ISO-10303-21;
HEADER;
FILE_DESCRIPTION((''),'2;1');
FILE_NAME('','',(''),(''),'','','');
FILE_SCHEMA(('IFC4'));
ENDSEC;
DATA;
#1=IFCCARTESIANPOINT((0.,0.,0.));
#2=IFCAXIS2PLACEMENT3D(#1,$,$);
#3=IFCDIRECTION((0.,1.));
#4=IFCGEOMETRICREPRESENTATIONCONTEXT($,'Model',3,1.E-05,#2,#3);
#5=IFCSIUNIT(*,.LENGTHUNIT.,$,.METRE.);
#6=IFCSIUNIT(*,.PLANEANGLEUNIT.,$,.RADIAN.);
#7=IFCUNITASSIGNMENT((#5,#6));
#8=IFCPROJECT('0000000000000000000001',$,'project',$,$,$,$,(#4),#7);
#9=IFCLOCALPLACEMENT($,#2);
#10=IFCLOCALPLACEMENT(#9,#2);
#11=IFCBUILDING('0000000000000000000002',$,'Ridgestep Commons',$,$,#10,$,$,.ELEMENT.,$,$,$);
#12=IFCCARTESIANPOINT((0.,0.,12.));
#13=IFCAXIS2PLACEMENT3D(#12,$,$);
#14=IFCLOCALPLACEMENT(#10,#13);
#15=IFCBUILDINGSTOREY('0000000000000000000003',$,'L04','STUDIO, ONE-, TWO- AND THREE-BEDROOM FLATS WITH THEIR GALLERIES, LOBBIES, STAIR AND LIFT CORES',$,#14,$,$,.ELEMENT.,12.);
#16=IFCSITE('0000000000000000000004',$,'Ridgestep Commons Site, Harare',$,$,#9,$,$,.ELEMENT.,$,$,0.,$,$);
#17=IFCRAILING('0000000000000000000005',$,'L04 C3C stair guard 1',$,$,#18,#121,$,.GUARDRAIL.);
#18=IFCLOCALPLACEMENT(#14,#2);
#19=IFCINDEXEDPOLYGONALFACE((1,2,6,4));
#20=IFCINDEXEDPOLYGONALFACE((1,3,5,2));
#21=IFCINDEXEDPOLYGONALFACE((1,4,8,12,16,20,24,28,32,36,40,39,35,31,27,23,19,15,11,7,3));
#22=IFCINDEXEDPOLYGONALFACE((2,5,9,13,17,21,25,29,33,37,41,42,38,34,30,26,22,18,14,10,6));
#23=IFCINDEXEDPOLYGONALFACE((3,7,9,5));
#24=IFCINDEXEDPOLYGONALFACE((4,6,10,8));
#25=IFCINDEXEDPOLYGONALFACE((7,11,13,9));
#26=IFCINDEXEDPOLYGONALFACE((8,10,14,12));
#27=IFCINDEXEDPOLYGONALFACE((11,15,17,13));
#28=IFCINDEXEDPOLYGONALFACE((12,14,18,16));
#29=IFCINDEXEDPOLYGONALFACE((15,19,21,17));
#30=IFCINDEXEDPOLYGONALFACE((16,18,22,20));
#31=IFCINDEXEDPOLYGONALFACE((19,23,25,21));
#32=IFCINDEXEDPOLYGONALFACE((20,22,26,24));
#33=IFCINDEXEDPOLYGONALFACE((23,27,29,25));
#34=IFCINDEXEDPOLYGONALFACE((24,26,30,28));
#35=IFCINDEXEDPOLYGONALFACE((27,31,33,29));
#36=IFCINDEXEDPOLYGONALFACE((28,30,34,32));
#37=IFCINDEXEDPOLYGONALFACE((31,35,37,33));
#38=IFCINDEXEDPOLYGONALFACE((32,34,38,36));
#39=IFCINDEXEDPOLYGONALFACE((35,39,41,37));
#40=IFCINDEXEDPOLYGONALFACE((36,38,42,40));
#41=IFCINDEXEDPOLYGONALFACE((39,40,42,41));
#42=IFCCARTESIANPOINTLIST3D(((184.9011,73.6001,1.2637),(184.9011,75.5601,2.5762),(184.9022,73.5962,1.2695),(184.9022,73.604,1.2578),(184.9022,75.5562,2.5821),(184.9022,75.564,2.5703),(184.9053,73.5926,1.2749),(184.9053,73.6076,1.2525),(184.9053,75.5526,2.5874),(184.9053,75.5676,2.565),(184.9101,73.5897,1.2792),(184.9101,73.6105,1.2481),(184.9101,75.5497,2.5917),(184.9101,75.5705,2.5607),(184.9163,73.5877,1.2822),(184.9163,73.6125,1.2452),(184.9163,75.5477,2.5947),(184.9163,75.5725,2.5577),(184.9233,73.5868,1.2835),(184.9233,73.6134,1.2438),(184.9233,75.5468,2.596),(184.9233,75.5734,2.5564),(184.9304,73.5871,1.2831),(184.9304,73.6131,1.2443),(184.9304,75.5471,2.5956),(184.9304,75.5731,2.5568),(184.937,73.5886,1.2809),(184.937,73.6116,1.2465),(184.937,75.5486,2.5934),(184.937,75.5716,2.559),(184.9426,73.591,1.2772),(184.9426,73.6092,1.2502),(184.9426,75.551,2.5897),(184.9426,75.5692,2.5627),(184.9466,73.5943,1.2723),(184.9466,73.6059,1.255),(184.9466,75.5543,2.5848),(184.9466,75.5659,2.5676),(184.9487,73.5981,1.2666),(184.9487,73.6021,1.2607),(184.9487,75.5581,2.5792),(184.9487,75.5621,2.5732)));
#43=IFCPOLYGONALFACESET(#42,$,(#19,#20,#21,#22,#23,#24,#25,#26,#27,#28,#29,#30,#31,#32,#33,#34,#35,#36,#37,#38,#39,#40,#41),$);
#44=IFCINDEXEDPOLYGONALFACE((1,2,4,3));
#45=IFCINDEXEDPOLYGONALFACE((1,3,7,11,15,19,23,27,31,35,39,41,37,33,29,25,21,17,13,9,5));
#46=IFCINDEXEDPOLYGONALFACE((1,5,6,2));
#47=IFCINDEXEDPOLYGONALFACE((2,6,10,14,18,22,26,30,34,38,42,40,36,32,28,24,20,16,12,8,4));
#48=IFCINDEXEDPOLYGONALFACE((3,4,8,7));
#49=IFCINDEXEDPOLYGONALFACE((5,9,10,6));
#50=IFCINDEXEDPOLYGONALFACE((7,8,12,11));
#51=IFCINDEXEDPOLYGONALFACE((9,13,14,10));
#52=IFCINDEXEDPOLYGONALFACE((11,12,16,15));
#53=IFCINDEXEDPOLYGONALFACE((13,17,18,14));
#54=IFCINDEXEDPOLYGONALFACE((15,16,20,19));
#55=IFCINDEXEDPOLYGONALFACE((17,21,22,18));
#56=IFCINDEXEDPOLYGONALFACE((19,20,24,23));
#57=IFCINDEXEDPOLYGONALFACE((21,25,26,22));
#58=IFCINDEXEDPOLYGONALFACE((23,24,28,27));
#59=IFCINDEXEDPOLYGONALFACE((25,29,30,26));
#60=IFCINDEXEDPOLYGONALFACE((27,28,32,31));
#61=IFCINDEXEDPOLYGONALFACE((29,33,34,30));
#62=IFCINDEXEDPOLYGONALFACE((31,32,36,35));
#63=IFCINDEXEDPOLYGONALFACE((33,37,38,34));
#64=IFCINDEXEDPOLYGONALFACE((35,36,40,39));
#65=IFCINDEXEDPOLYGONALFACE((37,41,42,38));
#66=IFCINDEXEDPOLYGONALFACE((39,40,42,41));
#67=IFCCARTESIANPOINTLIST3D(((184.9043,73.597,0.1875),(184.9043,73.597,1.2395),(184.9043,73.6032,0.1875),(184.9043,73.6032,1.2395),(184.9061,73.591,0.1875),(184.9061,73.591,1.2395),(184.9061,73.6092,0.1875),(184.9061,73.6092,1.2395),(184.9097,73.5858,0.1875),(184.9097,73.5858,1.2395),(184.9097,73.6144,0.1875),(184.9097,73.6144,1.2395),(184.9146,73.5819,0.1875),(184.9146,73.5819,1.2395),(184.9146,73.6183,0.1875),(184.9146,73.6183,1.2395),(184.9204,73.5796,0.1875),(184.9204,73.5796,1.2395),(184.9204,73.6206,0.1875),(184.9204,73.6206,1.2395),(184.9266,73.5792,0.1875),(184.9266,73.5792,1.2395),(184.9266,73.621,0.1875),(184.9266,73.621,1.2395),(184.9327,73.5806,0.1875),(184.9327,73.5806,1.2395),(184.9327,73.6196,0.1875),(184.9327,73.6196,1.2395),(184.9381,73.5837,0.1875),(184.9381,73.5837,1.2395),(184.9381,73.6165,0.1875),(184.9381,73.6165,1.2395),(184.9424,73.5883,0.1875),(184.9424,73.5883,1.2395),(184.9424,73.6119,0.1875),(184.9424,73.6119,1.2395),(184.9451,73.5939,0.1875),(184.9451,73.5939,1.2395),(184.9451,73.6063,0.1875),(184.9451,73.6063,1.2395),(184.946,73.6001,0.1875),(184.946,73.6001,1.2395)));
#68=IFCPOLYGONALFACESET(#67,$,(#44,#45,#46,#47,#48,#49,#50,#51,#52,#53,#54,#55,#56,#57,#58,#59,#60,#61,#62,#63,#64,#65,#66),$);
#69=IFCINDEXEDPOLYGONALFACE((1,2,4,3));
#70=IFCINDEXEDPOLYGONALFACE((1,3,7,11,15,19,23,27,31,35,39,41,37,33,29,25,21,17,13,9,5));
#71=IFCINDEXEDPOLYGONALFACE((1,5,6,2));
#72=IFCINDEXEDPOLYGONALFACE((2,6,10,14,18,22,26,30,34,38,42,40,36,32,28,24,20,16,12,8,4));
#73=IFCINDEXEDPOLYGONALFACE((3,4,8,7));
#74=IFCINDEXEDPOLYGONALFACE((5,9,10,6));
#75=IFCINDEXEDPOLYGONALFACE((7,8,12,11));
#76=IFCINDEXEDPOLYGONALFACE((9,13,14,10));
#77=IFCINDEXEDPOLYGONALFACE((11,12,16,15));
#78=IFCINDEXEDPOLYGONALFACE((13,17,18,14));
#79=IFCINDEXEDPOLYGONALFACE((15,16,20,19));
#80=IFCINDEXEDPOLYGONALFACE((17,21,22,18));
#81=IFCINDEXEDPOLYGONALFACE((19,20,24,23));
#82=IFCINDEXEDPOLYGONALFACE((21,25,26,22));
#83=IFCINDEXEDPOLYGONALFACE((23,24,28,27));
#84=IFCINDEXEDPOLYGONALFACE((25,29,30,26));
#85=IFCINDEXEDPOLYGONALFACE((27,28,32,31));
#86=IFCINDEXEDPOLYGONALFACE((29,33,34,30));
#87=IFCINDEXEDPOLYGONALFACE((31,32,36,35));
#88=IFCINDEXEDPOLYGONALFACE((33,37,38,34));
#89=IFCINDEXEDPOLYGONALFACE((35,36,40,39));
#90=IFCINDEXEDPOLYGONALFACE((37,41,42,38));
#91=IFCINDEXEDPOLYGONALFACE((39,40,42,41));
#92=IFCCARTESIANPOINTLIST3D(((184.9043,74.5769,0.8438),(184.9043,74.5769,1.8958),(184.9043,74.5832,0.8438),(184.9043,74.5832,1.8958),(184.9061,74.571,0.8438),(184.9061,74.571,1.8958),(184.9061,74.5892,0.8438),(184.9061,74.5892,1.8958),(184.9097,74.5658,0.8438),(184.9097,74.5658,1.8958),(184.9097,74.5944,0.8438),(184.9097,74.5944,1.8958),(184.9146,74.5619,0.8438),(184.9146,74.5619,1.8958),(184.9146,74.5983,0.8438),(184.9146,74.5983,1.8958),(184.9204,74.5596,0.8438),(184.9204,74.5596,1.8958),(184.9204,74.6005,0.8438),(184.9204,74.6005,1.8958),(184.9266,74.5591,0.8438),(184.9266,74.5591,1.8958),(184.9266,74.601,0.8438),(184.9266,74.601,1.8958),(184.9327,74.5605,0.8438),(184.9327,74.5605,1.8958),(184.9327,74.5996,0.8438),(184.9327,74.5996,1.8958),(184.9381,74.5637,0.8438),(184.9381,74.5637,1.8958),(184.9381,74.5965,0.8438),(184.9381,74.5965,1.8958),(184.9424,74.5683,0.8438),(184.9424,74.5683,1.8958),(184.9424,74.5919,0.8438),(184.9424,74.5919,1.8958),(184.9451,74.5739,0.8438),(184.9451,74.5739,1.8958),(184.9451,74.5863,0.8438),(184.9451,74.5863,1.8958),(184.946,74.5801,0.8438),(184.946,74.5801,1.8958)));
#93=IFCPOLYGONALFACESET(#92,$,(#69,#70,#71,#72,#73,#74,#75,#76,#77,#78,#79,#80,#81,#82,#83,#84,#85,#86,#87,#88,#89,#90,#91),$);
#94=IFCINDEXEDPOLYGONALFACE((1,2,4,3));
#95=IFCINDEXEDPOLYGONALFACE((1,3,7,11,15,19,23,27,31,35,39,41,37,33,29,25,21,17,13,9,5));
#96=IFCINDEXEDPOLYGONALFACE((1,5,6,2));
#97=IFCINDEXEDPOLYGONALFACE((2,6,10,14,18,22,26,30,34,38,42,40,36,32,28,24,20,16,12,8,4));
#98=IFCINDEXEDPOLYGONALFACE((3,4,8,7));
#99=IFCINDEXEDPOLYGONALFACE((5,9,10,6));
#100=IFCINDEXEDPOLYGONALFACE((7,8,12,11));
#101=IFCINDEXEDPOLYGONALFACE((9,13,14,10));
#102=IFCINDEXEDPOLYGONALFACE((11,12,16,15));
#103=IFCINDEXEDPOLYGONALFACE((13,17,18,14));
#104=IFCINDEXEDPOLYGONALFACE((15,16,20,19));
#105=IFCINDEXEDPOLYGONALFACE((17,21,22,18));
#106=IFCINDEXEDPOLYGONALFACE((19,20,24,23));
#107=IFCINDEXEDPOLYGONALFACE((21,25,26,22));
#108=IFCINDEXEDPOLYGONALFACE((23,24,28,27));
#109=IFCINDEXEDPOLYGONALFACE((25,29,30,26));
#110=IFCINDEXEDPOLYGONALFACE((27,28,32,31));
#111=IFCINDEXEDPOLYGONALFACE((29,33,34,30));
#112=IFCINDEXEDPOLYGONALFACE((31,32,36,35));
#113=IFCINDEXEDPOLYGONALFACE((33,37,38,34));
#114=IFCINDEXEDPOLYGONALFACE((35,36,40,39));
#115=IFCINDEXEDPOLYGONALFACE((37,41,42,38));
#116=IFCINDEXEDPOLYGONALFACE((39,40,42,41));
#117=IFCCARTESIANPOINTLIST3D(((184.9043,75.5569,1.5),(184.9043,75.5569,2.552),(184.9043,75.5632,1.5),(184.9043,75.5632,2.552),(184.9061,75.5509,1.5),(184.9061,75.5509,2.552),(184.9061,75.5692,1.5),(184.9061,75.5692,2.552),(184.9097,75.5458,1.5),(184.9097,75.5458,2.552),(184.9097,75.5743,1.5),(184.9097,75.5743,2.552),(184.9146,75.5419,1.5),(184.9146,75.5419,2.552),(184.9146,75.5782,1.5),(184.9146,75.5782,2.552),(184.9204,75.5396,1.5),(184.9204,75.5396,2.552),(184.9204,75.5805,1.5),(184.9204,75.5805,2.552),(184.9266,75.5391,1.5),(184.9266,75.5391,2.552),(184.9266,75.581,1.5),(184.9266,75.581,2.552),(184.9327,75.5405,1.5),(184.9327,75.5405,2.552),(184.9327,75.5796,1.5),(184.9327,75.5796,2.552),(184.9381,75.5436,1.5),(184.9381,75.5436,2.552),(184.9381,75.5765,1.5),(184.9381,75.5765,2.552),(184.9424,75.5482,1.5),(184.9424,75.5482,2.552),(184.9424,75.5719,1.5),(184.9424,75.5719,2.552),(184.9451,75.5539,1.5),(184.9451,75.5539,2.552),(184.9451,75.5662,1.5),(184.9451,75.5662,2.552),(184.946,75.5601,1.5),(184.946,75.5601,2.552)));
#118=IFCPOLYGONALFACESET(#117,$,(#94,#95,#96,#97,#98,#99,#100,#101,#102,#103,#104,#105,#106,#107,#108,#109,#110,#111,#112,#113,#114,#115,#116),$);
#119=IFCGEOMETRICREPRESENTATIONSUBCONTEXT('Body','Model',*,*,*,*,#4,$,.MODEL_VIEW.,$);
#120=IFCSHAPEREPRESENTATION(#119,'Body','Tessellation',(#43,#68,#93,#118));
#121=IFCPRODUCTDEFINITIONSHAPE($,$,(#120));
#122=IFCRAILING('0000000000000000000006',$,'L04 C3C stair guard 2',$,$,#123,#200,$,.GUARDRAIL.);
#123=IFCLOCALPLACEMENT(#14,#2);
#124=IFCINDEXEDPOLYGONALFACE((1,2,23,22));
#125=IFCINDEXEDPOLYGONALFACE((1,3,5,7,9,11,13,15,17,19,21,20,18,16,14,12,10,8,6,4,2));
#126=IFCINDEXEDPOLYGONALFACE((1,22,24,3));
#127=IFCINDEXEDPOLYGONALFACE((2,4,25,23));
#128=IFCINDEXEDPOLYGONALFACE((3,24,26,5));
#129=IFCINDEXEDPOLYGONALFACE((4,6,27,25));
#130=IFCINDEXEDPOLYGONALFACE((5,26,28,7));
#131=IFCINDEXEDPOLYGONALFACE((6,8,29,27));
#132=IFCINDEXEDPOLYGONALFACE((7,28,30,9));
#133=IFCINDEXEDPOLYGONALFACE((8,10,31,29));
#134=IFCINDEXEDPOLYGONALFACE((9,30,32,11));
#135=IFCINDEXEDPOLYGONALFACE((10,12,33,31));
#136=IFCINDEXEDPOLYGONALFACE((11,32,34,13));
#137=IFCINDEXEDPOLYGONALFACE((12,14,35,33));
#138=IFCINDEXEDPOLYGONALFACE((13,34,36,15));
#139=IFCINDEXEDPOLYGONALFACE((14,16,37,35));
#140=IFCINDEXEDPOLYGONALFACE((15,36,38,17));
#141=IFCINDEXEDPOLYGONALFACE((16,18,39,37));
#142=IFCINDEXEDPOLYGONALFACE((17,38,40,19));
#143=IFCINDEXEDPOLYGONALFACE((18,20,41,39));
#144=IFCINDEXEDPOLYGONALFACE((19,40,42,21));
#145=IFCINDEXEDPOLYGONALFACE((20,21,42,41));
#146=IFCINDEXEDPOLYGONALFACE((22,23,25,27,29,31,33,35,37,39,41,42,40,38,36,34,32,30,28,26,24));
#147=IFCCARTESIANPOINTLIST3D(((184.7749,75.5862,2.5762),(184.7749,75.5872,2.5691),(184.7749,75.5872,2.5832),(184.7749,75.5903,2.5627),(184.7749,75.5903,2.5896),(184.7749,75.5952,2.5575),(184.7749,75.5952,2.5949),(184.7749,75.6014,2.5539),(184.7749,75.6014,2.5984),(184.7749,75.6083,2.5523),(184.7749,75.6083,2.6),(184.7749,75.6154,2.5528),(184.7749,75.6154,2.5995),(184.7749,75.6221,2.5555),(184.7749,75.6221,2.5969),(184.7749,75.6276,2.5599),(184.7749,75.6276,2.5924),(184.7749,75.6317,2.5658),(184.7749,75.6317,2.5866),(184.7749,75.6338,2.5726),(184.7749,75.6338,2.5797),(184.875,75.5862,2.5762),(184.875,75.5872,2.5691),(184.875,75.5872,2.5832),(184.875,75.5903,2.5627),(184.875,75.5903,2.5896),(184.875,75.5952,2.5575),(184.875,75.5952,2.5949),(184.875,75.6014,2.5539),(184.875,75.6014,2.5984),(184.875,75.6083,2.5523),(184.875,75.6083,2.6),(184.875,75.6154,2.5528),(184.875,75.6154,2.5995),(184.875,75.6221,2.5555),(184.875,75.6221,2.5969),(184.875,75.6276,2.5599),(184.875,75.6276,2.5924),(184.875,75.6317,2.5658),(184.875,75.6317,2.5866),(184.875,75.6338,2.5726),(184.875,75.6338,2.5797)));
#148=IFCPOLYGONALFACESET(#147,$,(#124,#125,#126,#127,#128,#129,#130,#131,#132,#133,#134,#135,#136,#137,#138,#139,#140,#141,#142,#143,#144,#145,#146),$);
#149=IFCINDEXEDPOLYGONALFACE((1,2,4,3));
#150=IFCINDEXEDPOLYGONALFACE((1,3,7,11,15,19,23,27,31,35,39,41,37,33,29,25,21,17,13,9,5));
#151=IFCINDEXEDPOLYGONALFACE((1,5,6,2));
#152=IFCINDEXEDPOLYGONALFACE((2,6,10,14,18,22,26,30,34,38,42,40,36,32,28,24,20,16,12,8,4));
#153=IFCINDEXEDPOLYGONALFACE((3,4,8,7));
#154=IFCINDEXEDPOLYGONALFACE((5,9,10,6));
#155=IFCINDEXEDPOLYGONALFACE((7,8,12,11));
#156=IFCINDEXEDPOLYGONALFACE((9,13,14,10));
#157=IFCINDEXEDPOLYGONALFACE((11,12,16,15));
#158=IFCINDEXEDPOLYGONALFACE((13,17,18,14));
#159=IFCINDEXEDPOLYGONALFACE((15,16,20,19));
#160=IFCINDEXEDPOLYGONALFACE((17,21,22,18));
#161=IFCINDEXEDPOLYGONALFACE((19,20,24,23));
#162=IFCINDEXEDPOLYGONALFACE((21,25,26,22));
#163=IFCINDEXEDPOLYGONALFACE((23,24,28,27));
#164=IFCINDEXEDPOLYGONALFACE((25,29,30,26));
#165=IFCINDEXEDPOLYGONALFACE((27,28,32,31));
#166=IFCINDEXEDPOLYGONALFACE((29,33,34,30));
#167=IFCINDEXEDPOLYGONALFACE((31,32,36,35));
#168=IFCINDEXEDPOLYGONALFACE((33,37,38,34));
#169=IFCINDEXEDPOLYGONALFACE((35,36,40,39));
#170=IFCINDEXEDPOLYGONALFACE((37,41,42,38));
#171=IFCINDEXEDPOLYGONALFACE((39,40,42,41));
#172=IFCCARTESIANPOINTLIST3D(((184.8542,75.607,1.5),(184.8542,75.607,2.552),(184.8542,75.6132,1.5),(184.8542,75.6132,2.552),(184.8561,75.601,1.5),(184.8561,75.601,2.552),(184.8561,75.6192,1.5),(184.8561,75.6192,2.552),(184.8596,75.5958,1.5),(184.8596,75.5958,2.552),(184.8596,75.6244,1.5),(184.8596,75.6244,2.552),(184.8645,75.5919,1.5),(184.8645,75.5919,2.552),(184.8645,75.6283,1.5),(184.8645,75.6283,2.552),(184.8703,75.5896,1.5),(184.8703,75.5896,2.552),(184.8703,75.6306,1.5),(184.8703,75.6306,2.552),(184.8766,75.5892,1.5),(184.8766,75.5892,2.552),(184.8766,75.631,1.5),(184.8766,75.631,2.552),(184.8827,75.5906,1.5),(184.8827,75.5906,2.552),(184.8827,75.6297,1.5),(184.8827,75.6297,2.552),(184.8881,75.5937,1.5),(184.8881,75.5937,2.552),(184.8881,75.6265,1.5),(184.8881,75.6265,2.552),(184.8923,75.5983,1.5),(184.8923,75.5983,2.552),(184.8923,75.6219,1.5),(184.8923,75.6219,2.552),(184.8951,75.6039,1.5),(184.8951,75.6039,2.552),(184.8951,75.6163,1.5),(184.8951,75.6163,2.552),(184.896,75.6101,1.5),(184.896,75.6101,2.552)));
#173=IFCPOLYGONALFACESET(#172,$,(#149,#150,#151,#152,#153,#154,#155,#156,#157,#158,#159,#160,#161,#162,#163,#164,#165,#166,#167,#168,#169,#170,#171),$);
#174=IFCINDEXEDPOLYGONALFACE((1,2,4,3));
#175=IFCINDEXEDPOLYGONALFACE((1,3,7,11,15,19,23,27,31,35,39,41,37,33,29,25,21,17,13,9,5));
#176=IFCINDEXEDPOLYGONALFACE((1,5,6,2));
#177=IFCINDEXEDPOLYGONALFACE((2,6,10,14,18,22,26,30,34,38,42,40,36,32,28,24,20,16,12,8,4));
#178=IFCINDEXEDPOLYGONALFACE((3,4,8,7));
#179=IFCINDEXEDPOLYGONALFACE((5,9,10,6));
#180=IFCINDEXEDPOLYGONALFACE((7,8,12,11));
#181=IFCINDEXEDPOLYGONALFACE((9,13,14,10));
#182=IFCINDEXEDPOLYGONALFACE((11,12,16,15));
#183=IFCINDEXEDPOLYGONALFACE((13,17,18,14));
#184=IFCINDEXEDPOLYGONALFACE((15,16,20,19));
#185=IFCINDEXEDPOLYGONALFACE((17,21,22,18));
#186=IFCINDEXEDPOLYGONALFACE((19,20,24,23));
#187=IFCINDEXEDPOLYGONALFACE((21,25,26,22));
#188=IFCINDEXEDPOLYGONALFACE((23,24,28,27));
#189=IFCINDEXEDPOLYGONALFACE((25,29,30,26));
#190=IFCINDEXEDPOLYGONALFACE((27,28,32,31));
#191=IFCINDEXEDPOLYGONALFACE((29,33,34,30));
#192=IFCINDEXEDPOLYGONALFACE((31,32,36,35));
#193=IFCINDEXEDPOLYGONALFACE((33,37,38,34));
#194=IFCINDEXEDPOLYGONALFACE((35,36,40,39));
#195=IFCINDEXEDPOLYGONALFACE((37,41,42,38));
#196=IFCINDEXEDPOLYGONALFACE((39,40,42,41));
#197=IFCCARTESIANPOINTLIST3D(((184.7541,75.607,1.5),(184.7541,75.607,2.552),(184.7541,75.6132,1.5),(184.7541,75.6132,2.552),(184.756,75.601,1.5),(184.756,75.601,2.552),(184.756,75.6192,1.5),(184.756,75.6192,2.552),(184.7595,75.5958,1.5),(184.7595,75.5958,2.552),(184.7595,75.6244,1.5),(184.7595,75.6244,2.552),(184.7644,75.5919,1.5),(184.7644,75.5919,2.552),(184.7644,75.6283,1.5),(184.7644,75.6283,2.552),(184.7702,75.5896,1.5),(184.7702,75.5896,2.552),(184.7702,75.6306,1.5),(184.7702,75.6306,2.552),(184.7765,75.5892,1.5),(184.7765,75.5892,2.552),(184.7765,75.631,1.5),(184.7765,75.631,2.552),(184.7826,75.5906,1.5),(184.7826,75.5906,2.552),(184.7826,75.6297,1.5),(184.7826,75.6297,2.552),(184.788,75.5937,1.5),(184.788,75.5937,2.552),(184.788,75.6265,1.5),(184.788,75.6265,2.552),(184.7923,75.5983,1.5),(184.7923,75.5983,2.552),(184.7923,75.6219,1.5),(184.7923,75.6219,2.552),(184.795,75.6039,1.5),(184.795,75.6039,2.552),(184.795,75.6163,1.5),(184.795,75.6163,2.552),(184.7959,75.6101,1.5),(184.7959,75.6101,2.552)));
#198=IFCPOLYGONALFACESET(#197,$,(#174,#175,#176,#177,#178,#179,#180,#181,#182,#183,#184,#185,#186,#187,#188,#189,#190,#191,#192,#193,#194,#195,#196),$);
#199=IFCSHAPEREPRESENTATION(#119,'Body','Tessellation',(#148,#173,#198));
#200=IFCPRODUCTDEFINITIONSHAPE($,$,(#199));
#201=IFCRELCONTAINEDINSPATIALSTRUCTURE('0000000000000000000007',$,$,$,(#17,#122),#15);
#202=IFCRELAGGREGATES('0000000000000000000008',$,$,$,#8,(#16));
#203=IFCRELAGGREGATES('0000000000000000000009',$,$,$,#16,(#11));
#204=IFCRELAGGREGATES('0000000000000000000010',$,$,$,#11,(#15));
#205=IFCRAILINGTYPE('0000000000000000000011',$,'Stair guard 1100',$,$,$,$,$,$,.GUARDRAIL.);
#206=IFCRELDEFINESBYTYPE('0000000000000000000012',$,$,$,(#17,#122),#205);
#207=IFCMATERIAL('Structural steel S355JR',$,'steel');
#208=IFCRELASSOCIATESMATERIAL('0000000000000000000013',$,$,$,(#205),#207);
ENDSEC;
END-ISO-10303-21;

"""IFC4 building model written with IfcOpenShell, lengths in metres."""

from ifc_helpers import new_model, si_unit, direction, frame, origin, origin_2d, place, context, subcontext, project, spatial, circle, extrude, material, type_object, element, save


model = new_model("IFC4")

# Units and contexts
model_context = context("Model", 3, precision=1e-05, world=origin(), true_north=direction((0.0, 1.0)))
body_context = subcontext(model_context, "Body", "Model", "MODEL_VIEW")
ifc_project = project(units=[si_unit("LENGTHUNIT", "METRE"), si_unit("PLANEANGLEUNIT", "RADIAN")], contexts=[model_context])

# Site, building, storey
site_placement = place(None, origin())
site = spatial("IfcSite", under=ifc_project, at=site_placement, Name="Ridgestep Commons Site, Harare", CompositionType="ELEMENT", RefElevation=0.0)
building_placement = place(site_placement, origin())
building = spatial("IfcBuilding", under=site, at=building_placement, Name="Ridgestep Commons", CompositionType="ELEMENT")
storey_placement = place(building_placement, frame((0.0, 0.0, 12.0)))
storey = spatial("IfcBuildingStorey", under=building, at=storey_placement, Name="L04", Description="STUDIO, ONE-, TWO- AND THREE-BEDROOM FLATS WITH THEIR GALLERIES, LOBBIES, STAIR AND LIFT CORES", CompositionType="ELEMENT", Elevation=12.0)

# Railings
ifc_material_1 = material(Name="Structural steel S355JR", Category="steel")
railing_type_1 = type_object("IfcRailingType", Name="Stair guard 1100", PredefinedType="GUARDRAIL", material=ifc_material_1)
railing_1_placement = place(storey_placement, frame((184.925, 73.6001, 0.1875)))
element("IfcRailing", 1, at=railing_1_placement, inside=storey, type_object=railing_type_1, Name="L04 C3C stair guard 1", PredefinedType="GUARDRAIL", context=body_context, shape_type="SweptSolid", body=[
    extrude(circle(Radius=0.0239, at=origin_2d()), frame((0.0, 0.0, 1.0762), z_axis=(0.0, 0.830902, 0.556419), x_axis=(-1.0, 0.0, 0.0)), (0.0, 0.0, 1.0), 2.3589),
    extrude(circle(Radius=0.021, at=origin_2d()), origin(), (0.0, 0.0, 1.0), 1.052),
    extrude(circle(Radius=0.021, at=origin_2d()), frame((0.0, 0.98, 0.6562)), (0.0, 0.0, 1.0), 1.052),
    extrude(circle(Radius=0.021, at=origin_2d()), frame((0.0, 1.96, 1.3125)), (0.0, 0.0, 1.0), 1.052),
])
railing_2_placement = place(storey_placement, frame((184.875, 75.6101, 1.5)))
element("IfcRailing", 2, at=railing_2_placement, inside=storey, type_object=railing_type_1, Name="L04 C3C stair guard 2", PredefinedType="GUARDRAIL", context=body_context, shape_type="SweptSolid", body=[
    extrude(circle(Radius=0.0239, at=origin_2d()), frame((0.0, 0.0, 1.0762), z_axis=(-1.0, 0.0, 0.0), x_axis=(0.0, -1.0, 0.0)), (0.0, 0.0, 1.0), 0.1001),
    extrude(circle(Radius=0.021, at=origin_2d()), origin(), (0.0, 0.0, 1.0), 1.052),
    extrude(circle(Radius=0.021, at=origin_2d()), frame((-0.1001, 0.0, 0.0)), (0.0, 0.0, 1.0), 1.052),
])

save(model, "model.ifc")
